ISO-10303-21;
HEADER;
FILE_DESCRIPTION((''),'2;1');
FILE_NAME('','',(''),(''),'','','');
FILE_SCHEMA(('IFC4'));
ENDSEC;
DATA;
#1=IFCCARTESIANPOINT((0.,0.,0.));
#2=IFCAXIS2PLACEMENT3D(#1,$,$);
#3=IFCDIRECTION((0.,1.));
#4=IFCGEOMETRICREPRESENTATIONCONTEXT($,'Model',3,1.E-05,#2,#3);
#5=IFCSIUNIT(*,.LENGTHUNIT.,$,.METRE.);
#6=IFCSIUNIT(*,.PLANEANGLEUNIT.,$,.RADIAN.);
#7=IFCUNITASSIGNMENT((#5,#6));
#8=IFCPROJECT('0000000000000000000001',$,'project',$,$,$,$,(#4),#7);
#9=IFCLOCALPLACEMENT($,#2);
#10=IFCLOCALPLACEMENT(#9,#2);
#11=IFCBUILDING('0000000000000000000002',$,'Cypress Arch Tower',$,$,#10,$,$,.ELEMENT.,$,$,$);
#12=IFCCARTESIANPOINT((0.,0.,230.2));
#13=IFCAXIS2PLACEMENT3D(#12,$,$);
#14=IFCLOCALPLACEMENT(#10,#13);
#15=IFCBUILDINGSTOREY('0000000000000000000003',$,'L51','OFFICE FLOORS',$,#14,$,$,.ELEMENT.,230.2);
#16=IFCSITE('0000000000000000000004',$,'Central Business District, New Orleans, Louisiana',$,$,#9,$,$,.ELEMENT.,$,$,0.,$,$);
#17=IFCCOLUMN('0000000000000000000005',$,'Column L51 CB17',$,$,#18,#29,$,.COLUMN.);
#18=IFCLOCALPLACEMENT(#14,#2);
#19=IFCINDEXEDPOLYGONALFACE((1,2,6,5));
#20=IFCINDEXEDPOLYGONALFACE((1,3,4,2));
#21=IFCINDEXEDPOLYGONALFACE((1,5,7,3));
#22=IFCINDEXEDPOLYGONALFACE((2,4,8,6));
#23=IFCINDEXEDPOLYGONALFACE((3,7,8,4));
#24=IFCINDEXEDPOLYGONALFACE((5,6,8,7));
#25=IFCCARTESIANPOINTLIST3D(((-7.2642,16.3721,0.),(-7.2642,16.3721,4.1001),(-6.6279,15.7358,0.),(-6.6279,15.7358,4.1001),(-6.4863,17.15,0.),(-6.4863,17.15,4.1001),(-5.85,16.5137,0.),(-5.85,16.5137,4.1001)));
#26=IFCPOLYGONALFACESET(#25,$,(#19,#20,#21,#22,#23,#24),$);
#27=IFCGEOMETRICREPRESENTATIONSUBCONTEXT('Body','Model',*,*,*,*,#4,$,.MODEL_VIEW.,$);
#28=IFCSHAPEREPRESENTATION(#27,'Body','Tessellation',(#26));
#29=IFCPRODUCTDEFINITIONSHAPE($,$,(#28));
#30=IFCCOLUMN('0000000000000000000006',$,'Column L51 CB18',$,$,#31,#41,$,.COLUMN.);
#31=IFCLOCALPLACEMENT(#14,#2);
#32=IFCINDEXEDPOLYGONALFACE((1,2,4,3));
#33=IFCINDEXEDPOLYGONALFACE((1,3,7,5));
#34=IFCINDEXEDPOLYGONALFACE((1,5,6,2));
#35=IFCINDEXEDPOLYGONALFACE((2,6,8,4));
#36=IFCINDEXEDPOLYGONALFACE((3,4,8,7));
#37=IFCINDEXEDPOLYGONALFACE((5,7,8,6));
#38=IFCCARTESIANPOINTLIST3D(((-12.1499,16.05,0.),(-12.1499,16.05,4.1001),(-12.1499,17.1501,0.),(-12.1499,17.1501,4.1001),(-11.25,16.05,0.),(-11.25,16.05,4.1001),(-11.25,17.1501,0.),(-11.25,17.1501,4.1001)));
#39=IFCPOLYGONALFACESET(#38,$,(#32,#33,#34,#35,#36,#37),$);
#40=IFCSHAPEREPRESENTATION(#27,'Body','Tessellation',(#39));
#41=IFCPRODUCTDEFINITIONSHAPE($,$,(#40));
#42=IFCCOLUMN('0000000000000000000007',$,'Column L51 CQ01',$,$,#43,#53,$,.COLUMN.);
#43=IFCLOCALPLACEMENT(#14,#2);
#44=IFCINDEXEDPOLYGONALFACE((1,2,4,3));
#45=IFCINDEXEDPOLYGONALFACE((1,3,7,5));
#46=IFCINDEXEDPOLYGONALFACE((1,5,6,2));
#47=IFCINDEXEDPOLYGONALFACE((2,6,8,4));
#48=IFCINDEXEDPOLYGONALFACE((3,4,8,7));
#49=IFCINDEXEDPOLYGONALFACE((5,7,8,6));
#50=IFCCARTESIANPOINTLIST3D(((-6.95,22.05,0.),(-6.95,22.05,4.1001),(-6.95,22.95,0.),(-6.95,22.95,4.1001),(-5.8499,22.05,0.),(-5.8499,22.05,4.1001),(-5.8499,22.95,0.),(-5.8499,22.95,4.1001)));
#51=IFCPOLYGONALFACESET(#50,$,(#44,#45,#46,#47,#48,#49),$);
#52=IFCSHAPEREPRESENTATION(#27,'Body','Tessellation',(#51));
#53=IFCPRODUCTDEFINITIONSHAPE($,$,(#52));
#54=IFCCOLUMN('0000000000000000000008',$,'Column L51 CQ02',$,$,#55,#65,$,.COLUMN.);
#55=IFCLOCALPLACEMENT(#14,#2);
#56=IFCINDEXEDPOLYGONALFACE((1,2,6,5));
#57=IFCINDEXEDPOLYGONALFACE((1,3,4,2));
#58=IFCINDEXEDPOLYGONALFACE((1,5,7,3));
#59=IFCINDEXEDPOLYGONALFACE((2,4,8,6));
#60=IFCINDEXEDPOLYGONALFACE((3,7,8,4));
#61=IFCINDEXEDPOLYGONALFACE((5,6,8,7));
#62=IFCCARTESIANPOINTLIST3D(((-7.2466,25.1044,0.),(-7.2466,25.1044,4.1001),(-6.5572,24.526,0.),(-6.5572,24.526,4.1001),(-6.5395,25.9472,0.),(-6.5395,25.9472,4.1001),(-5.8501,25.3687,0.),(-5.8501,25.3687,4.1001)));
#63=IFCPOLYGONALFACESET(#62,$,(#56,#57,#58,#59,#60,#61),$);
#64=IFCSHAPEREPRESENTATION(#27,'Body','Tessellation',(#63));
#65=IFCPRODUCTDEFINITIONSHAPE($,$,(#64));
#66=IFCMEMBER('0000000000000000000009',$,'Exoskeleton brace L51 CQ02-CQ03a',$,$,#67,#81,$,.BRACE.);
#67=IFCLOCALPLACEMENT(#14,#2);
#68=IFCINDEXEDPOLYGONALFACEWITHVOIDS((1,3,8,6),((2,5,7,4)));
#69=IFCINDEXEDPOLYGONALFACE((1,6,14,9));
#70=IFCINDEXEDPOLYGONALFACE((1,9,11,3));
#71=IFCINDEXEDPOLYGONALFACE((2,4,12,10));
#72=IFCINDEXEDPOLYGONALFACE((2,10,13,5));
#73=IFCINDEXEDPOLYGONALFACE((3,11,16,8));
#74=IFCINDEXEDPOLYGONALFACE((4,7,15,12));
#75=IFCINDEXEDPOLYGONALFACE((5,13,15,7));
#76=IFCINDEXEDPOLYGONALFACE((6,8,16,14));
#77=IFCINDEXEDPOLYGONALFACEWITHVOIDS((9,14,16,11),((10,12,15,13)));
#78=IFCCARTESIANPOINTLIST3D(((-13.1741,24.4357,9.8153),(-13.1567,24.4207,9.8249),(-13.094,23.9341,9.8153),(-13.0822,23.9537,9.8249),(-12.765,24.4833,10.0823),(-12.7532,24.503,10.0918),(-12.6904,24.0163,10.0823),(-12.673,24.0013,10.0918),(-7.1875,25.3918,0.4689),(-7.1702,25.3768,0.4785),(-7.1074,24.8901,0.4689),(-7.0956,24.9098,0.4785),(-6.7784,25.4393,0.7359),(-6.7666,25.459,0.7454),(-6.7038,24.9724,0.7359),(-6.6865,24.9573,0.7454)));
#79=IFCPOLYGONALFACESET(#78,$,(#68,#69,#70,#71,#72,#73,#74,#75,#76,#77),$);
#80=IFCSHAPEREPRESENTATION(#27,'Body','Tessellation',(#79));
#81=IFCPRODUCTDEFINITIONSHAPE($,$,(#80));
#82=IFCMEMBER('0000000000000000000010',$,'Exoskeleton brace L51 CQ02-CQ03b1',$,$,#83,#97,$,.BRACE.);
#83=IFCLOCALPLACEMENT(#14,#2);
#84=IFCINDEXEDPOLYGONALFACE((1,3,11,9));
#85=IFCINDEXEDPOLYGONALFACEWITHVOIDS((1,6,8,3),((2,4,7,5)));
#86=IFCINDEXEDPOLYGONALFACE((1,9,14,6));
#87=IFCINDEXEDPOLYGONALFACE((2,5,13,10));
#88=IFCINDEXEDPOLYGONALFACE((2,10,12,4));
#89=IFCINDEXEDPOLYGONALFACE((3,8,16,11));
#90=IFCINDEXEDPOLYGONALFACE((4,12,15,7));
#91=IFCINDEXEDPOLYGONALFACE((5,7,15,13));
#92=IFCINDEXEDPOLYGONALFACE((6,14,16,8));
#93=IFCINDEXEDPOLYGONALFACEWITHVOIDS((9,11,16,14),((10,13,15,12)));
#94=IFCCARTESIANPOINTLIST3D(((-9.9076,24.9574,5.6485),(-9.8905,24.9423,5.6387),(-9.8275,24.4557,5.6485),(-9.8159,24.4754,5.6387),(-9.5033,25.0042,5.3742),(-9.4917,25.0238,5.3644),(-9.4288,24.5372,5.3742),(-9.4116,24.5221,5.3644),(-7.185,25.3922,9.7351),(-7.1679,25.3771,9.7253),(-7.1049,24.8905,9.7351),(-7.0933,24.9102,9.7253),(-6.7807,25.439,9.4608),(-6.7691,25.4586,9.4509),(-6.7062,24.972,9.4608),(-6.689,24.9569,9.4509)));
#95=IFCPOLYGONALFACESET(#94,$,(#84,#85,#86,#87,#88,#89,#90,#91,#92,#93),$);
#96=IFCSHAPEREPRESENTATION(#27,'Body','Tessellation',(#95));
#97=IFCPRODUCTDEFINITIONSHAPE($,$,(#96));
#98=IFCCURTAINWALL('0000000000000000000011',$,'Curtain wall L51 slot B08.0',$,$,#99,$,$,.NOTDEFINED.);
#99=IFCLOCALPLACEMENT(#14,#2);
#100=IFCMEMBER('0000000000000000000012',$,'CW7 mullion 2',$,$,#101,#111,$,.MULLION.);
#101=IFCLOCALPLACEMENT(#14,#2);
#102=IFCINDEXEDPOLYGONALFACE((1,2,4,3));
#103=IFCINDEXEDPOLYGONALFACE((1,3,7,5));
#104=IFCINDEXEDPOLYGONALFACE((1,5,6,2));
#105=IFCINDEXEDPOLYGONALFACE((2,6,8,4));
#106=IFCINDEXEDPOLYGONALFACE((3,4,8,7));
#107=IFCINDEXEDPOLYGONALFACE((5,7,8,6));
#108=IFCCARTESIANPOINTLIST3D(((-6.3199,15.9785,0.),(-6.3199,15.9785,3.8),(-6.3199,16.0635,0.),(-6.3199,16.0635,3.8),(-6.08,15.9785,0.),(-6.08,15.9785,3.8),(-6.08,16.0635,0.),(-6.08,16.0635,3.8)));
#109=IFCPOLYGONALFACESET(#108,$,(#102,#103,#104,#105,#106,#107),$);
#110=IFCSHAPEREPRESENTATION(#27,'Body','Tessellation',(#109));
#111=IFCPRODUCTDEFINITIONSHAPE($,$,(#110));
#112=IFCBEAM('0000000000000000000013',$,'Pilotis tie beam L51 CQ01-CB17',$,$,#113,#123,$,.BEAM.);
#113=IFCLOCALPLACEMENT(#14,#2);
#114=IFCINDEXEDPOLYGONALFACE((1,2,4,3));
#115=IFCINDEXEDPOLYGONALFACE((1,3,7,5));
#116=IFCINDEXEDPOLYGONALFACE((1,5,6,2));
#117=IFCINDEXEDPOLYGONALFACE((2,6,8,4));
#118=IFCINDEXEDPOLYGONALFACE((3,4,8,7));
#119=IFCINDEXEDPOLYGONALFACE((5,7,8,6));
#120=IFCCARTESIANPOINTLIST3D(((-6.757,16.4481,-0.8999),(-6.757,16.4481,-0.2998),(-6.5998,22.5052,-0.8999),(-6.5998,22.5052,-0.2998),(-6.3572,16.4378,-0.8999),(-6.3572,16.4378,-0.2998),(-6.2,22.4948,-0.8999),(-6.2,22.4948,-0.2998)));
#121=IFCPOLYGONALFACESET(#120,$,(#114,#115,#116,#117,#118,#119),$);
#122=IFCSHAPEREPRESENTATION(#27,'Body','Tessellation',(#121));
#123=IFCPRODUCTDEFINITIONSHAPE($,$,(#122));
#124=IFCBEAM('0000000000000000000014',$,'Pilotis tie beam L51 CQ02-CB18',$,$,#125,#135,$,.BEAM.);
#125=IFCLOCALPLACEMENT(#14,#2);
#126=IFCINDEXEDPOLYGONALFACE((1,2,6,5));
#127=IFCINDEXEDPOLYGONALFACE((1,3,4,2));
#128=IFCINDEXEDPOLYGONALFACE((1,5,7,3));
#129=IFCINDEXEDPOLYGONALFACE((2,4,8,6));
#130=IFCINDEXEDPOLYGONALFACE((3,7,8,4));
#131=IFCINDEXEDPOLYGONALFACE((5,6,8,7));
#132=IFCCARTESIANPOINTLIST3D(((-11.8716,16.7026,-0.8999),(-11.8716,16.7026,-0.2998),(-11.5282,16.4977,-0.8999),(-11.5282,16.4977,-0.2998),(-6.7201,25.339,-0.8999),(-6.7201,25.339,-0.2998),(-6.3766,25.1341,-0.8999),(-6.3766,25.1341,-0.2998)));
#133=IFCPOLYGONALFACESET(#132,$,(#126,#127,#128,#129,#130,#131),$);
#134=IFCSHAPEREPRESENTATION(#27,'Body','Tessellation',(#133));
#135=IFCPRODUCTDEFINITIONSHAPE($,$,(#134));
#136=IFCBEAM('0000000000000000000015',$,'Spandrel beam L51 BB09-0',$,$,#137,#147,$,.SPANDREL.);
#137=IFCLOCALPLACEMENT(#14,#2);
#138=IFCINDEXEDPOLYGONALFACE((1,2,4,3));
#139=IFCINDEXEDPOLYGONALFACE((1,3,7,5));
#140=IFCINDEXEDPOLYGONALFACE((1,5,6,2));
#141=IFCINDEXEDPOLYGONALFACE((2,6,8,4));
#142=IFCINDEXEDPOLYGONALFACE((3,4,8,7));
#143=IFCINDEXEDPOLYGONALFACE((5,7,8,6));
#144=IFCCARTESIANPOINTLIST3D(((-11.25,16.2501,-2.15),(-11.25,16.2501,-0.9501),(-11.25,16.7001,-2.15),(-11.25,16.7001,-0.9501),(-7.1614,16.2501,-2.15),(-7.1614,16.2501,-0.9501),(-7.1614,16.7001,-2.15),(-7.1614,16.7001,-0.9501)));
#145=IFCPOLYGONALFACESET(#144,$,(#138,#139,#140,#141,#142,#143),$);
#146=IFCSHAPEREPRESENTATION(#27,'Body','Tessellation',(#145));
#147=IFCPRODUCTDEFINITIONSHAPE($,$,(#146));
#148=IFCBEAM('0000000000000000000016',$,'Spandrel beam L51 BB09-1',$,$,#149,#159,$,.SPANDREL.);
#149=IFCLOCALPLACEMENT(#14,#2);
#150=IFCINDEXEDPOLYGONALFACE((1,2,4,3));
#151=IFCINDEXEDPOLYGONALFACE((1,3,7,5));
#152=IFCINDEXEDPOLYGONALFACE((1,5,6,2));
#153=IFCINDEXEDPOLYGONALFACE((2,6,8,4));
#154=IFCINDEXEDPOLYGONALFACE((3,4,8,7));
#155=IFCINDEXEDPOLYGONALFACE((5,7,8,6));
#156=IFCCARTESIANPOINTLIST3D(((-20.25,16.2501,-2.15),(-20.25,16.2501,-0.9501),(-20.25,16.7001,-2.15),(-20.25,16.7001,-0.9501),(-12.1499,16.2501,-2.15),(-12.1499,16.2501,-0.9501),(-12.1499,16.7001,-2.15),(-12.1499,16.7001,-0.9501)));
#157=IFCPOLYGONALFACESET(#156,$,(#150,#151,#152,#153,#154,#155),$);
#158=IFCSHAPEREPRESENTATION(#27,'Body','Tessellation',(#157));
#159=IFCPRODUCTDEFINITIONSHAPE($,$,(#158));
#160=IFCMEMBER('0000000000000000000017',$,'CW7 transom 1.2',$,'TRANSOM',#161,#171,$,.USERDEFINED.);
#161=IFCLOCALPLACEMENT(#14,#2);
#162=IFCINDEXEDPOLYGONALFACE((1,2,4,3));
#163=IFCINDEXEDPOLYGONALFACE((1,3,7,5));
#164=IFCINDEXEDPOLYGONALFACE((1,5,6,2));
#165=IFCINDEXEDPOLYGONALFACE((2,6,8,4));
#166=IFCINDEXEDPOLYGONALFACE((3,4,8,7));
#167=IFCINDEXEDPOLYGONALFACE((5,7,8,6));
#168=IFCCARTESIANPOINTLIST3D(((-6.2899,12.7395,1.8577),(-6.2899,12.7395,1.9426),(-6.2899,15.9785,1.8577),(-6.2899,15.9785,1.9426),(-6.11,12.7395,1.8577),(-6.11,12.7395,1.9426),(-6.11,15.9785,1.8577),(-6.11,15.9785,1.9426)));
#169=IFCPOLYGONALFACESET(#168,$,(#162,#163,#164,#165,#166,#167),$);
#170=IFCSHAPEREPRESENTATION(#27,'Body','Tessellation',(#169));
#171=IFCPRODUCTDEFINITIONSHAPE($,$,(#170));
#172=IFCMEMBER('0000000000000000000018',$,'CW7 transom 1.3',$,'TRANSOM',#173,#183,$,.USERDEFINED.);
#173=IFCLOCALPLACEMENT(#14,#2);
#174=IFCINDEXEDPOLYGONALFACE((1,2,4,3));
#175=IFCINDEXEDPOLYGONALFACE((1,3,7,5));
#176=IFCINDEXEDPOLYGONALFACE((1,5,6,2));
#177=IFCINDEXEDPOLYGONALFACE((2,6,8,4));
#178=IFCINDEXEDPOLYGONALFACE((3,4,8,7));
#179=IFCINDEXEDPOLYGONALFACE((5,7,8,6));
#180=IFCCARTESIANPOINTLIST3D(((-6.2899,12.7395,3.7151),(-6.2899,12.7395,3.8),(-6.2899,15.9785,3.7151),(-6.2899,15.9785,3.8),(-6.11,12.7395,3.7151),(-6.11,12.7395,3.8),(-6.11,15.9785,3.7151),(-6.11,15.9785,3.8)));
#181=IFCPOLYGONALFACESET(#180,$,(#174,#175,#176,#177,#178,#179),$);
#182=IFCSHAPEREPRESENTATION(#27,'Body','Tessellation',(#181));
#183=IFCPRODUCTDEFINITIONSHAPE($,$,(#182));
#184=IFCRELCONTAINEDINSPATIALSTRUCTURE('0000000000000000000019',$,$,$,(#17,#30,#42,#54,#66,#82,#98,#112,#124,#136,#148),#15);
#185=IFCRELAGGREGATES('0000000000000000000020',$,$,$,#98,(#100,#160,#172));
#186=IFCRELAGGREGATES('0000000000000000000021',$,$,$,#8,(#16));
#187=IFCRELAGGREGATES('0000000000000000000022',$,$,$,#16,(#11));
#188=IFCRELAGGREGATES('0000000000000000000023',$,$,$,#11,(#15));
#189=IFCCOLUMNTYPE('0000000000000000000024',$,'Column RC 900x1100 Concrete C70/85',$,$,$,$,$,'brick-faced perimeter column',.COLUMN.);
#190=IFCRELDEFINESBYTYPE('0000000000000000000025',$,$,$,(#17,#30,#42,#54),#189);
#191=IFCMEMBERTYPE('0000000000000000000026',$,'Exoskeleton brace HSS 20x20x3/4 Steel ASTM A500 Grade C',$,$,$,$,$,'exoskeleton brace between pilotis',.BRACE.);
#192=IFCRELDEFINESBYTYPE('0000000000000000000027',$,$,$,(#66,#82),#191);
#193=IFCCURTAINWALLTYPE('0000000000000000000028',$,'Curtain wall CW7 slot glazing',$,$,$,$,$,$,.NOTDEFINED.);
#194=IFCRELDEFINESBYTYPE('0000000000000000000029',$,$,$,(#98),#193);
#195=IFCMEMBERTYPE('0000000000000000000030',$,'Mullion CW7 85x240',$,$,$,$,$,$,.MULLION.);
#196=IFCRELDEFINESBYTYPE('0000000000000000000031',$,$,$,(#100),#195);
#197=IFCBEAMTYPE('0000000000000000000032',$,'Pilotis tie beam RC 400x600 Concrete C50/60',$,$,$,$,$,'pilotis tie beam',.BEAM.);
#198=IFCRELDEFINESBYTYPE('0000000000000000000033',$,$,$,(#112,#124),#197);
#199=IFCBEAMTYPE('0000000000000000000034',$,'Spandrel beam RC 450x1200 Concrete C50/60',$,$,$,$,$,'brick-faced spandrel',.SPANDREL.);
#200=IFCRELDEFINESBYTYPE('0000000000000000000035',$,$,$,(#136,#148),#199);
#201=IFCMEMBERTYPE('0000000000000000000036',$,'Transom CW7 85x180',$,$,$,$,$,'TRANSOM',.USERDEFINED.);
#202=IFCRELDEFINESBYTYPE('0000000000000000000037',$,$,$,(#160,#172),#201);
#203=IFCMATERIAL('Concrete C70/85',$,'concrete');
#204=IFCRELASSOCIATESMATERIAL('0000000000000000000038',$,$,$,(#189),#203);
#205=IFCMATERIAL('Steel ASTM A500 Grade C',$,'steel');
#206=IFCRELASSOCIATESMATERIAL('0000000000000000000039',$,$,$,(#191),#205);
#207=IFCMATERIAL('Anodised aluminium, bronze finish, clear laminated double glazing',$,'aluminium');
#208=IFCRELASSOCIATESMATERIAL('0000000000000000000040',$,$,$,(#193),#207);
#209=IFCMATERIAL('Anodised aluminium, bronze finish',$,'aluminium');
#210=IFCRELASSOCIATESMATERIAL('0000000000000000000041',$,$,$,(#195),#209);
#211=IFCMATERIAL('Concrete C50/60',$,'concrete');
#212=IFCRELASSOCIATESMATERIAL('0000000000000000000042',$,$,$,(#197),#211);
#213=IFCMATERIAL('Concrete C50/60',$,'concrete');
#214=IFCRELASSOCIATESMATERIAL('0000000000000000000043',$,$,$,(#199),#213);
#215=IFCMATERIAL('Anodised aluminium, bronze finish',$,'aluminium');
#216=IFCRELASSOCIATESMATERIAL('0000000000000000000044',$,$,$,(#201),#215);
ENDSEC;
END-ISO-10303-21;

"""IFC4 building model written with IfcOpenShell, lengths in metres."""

from ifc_helpers import new_model, si_unit, direction, frame, origin, origin_2d, place, context, subcontext, project, spatial, rectangle, hollow_rectangle, extrude, material, material_profile, profile_set, type_object, element, aggregate, save


model = new_model("IFC4")

# Units and contexts
model_context = context("Model", 3, precision=1e-05, world=origin(), true_north=direction((0.0, 1.0)))
body_context = subcontext(model_context, "Body", "Model", "MODEL_VIEW")
ifc_project = project(units=[si_unit("LENGTHUNIT", "METRE"), si_unit("PLANEANGLEUNIT", "RADIAN")], contexts=[model_context])

# Site, building, storey
site_placement = place(None, origin())
site = spatial("IfcSite", under=ifc_project, at=site_placement, Name="Central Business District, New Orleans, Louisiana", CompositionType="ELEMENT", RefElevation=0.0)
building_placement = place(site_placement, origin())
building = spatial("IfcBuilding", under=site, at=building_placement, Name="Cypress Arch Tower", CompositionType="ELEMENT")
storey_placement = place(building_placement, frame((0.0, 0.0, 230.2)))
storey = spatial("IfcBuildingStorey", under=building, at=storey_placement, Name="L51", Description="OFFICE FLOORS", CompositionType="ELEMENT", Elevation=230.2)

# Columns
ifc_material_1 = material(Name="Concrete C70/85", Category="concrete")
ifc_material_profile_1 = material_profile(ifc_material_1, rectangle(XDim=0.8999, YDim=1.1001, at=origin_2d()), Name="RC 900x1100")
ifc_profile_set_1 = profile_set([ifc_material_profile_1], Name="Concrete C70/85")
column_type = type_object("IfcColumnType", Name="Column RC 900x1100 Concrete C70/85", ElementType="brick-faced perimeter column", PredefinedType="COLUMN", material=ifc_profile_set_1)
for number, where, z_axis, x_axis, name in (
    (1, (-6.5571, 16.4429, 0.0), (0.0, 0.0, 1.0), (-0.707107, 0.707107, 0.0), "Column L51 CB17"),
    (2, (-11.7, 16.6001, 0.0), (0.0, 0.0, 1.0), (-1.0, 0.0, 0.0), "Column L51 CB18"),
    (3, (-6.3999, 22.5, 0.0), (0.0, 0.0, 1.0), (0.0, 1.0, 0.0), "Column L51 CQ01"),
    (4, (-6.5483, 25.2366, 0.0), (0.0, 0.0, 1.0), (-0.766064, 0.642765, 0.0), "Column L51 CQ02"),
):
    element("IfcColumn", number, at=place(storey_placement, frame(where, z_axis=z_axis, x_axis=x_axis)), inside=storey, type_object=column_type, Name=name, PredefinedType="COLUMN", context=body_context, shape_type="SweptSolid", body=[
        extrude(rectangle(XDim=0.8999, YDim=1.1001, at=origin_2d()), origin(), (0.0, 0.0, 1.0), 4.1001),
    ])

# Members
ifc_material_2 = material(Name="Steel ASTM A500 Grade C", Category="steel")
ifc_material_profile_2 = material_profile(ifc_material_2, hollow_rectangle(XDim=0.5081, YDim=0.5081, WallThickness=0.0176, at=origin_2d()), Name="HSS 20x20x3/4")
ifc_profile_set_2 = profile_set([ifc_material_profile_2], Name="Steel ASTM A500 Grade C")
member_type_1 = type_object("IfcMemberType", Name="Exoskeleton brace HSS 20x20x3/4 Steel ASTM A500 Grade C", ElementType="exoskeleton brace between pilotis", PredefinedType="BRACE", material=ifc_profile_set_2)
member_1_placement = place(storey_placement, frame((-6.937, 25.1746, 0.6072), z_axis=(-0.537374, -0.085819, 0.838966), x_axis=(0.157701, -0.987487, 0.0)))
element("IfcMember", 5, at=member_1_placement, inside=storey, type_object=member_type_1, Name="Exoskeleton brace L51 CQ02-CQ03a", PredefinedType="BRACE", context=body_context, shape_type="SweptSolid", body=[
    extrude(hollow_rectangle(XDim=0.5081, YDim=0.5081, WallThickness=0.0176, at=origin_2d()), origin(), (0.0, 0.0, 1.0), 11.1404),
])
member_2_placement = place(storey_placement, frame((-6.937, 25.1746, 9.593), z_axis=(-0.552287, -0.088201, -0.828975), x_axis=(0.157704, -0.987486, 0.0)))
element("IfcMember", 6, at=member_2_placement, inside=storey, type_object=member_type_1, Name="Exoskeleton brace L51 CQ02-CQ03b1", PredefinedType="BRACE", context=body_context, shape_type="SweptSolid", body=[
    extrude(hollow_rectangle(XDim=0.5081, YDim=0.5081, WallThickness=0.0176, at=origin_2d()), origin(), (0.0, 0.0, 1.0), 4.9297),
])

# Curtain wall, member
ifc_material_3 = material(Name="Anodised aluminium, bronze finish, clear laminated double glazing", Category="aluminium")
curtain_wall_type = type_object("IfcCurtainWallType", Name="Curtain wall CW7 slot glazing", PredefinedType="NOTDEFINED", material=ifc_material_3)
curtain_wall_placement = place(storey_placement, origin())
curtain_wall = element("IfcCurtainWall", 7, at=curtain_wall_placement, inside=storey, type_object=curtain_wall_type, Name="Curtain wall L51 slot B08.0", PredefinedType="NOTDEFINED")
ifc_material_4 = material(Name="Anodised aluminium, bronze finish", Category="aluminium")
ifc_material_profile_3 = material_profile(ifc_material_4, rectangle(XDim=0.24, YDim=0.085, at=origin_2d()), Name="Mullion 85x240")
ifc_profile_set_3 = profile_set([ifc_material_profile_3], Name="Anodised aluminium, bronze finish")
member_type_2 = type_object("IfcMemberType", Name="Mullion CW7 85x240", PredefinedType="MULLION", material=ifc_profile_set_3)
member_3_placement = place(storey_placement, frame((-6.2, 16.021, 0.0), z_axis=(0.0, 0.0, 1.0), x_axis=(-1.0, 0.0, 0.0)))
member_3 = element("IfcMember", 8, at=member_3_placement, type_object=member_type_2, Name="CW7 mullion 2", PredefinedType="MULLION", context=body_context, shape_type="SweptSolid", body=[
    extrude(rectangle(XDim=0.24, YDim=0.085, at=origin_2d()), origin(), (0.0, 0.0, 1.0), 3.8),
])

# Beams
ifc_material_5 = material(Name="Concrete C50/60", Category="concrete")
ifc_material_profile_4 = material_profile(ifc_material_5, rectangle(XDim=0.3999, YDim=0.6001, at=origin_2d()), Name="RC 400x600")
ifc_profile_set_4 = profile_set([ifc_material_profile_4], Name="Concrete C50/60")
beam_type_1 = type_object("IfcBeamType", Name="Pilotis tie beam RC 400x600 Concrete C50/60", ElementType="pilotis tie beam", PredefinedType="BEAM", material=ifc_profile_set_4)
beam_1_placement = place(storey_placement, frame((-6.3999, 22.5, -0.5999), z_axis=(-0.025949, -0.999663, 0.0), x_axis=(0.999663, -0.025949, 0.0)))
element("IfcBeam", 9, at=beam_1_placement, inside=storey, type_object=beam_type_1, Name="Pilotis tie beam L51 CQ01-CB17", PredefinedType="BEAM", context=body_context, shape_type="SweptSolid", body=[
    extrude(rectangle(XDim=0.3999, YDim=0.6001, at=origin_2d()), origin(), (0.0, 0.0, 1.0), 6.0591),
])
beam_2_placement = place(storey_placement, frame((-6.5483, 25.2366, -0.5999), z_axis=(-0.512281, -0.858818, 0.0), x_axis=(0.858818, -0.512281, 0.0)))
element("IfcBeam", 10, at=beam_2_placement, inside=storey, type_object=beam_type_1, Name="Pilotis tie beam L51 CQ02-CB18", PredefinedType="BEAM", context=body_context, shape_type="SweptSolid", body=[
    extrude(rectangle(XDim=0.3999, YDim=0.6001, at=origin_2d()), origin(), (0.0, 0.0, 1.0), 10.0562),
])
ifc_material_6 = material(Name="Concrete C50/60", Category="concrete")
ifc_material_profile_5 = material_profile(ifc_material_6, rectangle(XDim=0.45, YDim=1.2, at=origin_2d()), Name="RC 450x1200")
ifc_profile_set_5 = profile_set([ifc_material_profile_5], Name="Concrete C50/60")
beam_type_2 = type_object("IfcBeamType", Name="Spandrel beam RC 450x1200 Concrete C50/60", ElementType="brick-faced spandrel", PredefinedType="SPANDREL", material=ifc_profile_set_5)
beam_3_placement = place(storey_placement, frame((-7.1614, 16.4751, -1.55), z_axis=(-1.0, 0.0, 0.0), x_axis=(0.0, -1.0, 0.0)))
element("IfcBeam", 11, at=beam_3_placement, inside=storey, type_object=beam_type_2, Name="Spandrel beam L51 BB09-0", PredefinedType="SPANDREL", context=body_context, shape_type="SweptSolid", body=[
    extrude(rectangle(XDim=0.45, YDim=1.2, at=origin_2d()), origin(), (0.0, 0.0, 1.0), 4.0886),
])
beam_4_placement = place(storey_placement, frame((-12.1499, 16.4751, -1.55), z_axis=(-1.0, 0.0, 0.0), x_axis=(0.0, -1.0, 0.0)))
element("IfcBeam", 12, at=beam_4_placement, inside=storey, type_object=beam_type_2, Name="Spandrel beam L51 BB09-1", PredefinedType="SPANDREL", context=body_context, shape_type="SweptSolid", body=[
    extrude(rectangle(XDim=0.45, YDim=1.2, at=origin_2d()), origin(), (0.0, 0.0, 1.0), 8.1001),
])

# Members
ifc_material_7 = material(Name="Anodised aluminium, bronze finish", Category="aluminium")
ifc_material_profile_6 = material_profile(ifc_material_7, rectangle(XDim=0.1799, YDim=0.085, at=origin_2d()), Name="Transom 85x180")
ifc_profile_set_6 = profile_set([ifc_material_profile_6], Name="Anodised aluminium, bronze finish")
member_type_3 = type_object("IfcMemberType", Name="Transom CW7 85x180", ElementType="TRANSOM", PredefinedType="USERDEFINED", material=ifc_profile_set_6)
member_4_placement = place(storey_placement, frame((-6.2, 12.7395, 1.9001), z_axis=(0.0, 1.0, 0.0), x_axis=(-1.0, 0.0, 0.0)))
member_4 = element("IfcMember", 13, at=member_4_placement, type_object=member_type_3, Name="CW7 transom 1.2", ObjectType="TRANSOM", PredefinedType="USERDEFINED", context=body_context, shape_type="SweptSolid", body=[
    extrude(rectangle(XDim=0.1799, YDim=0.085, at=origin_2d()), origin(), (0.0, 0.0, 1.0), 3.239),
])
member_5_placement = place(storey_placement, frame((-6.2, 12.7395, 3.7576), z_axis=(0.0, 1.0, 0.0), x_axis=(-1.0, 0.0, 0.0)))
member_5 = element("IfcMember", 14, at=member_5_placement, type_object=member_type_3, Name="CW7 transom 1.3", ObjectType="TRANSOM", PredefinedType="USERDEFINED", context=body_context, shape_type="SweptSolid", body=[
    extrude(rectangle(XDim=0.1799, YDim=0.085, at=origin_2d()), origin(), (0.0, 0.0, 1.0), 3.239),
])

aggregate(curtain_wall, [member_3, member_4, member_5])

save(model, "model.ifc")
